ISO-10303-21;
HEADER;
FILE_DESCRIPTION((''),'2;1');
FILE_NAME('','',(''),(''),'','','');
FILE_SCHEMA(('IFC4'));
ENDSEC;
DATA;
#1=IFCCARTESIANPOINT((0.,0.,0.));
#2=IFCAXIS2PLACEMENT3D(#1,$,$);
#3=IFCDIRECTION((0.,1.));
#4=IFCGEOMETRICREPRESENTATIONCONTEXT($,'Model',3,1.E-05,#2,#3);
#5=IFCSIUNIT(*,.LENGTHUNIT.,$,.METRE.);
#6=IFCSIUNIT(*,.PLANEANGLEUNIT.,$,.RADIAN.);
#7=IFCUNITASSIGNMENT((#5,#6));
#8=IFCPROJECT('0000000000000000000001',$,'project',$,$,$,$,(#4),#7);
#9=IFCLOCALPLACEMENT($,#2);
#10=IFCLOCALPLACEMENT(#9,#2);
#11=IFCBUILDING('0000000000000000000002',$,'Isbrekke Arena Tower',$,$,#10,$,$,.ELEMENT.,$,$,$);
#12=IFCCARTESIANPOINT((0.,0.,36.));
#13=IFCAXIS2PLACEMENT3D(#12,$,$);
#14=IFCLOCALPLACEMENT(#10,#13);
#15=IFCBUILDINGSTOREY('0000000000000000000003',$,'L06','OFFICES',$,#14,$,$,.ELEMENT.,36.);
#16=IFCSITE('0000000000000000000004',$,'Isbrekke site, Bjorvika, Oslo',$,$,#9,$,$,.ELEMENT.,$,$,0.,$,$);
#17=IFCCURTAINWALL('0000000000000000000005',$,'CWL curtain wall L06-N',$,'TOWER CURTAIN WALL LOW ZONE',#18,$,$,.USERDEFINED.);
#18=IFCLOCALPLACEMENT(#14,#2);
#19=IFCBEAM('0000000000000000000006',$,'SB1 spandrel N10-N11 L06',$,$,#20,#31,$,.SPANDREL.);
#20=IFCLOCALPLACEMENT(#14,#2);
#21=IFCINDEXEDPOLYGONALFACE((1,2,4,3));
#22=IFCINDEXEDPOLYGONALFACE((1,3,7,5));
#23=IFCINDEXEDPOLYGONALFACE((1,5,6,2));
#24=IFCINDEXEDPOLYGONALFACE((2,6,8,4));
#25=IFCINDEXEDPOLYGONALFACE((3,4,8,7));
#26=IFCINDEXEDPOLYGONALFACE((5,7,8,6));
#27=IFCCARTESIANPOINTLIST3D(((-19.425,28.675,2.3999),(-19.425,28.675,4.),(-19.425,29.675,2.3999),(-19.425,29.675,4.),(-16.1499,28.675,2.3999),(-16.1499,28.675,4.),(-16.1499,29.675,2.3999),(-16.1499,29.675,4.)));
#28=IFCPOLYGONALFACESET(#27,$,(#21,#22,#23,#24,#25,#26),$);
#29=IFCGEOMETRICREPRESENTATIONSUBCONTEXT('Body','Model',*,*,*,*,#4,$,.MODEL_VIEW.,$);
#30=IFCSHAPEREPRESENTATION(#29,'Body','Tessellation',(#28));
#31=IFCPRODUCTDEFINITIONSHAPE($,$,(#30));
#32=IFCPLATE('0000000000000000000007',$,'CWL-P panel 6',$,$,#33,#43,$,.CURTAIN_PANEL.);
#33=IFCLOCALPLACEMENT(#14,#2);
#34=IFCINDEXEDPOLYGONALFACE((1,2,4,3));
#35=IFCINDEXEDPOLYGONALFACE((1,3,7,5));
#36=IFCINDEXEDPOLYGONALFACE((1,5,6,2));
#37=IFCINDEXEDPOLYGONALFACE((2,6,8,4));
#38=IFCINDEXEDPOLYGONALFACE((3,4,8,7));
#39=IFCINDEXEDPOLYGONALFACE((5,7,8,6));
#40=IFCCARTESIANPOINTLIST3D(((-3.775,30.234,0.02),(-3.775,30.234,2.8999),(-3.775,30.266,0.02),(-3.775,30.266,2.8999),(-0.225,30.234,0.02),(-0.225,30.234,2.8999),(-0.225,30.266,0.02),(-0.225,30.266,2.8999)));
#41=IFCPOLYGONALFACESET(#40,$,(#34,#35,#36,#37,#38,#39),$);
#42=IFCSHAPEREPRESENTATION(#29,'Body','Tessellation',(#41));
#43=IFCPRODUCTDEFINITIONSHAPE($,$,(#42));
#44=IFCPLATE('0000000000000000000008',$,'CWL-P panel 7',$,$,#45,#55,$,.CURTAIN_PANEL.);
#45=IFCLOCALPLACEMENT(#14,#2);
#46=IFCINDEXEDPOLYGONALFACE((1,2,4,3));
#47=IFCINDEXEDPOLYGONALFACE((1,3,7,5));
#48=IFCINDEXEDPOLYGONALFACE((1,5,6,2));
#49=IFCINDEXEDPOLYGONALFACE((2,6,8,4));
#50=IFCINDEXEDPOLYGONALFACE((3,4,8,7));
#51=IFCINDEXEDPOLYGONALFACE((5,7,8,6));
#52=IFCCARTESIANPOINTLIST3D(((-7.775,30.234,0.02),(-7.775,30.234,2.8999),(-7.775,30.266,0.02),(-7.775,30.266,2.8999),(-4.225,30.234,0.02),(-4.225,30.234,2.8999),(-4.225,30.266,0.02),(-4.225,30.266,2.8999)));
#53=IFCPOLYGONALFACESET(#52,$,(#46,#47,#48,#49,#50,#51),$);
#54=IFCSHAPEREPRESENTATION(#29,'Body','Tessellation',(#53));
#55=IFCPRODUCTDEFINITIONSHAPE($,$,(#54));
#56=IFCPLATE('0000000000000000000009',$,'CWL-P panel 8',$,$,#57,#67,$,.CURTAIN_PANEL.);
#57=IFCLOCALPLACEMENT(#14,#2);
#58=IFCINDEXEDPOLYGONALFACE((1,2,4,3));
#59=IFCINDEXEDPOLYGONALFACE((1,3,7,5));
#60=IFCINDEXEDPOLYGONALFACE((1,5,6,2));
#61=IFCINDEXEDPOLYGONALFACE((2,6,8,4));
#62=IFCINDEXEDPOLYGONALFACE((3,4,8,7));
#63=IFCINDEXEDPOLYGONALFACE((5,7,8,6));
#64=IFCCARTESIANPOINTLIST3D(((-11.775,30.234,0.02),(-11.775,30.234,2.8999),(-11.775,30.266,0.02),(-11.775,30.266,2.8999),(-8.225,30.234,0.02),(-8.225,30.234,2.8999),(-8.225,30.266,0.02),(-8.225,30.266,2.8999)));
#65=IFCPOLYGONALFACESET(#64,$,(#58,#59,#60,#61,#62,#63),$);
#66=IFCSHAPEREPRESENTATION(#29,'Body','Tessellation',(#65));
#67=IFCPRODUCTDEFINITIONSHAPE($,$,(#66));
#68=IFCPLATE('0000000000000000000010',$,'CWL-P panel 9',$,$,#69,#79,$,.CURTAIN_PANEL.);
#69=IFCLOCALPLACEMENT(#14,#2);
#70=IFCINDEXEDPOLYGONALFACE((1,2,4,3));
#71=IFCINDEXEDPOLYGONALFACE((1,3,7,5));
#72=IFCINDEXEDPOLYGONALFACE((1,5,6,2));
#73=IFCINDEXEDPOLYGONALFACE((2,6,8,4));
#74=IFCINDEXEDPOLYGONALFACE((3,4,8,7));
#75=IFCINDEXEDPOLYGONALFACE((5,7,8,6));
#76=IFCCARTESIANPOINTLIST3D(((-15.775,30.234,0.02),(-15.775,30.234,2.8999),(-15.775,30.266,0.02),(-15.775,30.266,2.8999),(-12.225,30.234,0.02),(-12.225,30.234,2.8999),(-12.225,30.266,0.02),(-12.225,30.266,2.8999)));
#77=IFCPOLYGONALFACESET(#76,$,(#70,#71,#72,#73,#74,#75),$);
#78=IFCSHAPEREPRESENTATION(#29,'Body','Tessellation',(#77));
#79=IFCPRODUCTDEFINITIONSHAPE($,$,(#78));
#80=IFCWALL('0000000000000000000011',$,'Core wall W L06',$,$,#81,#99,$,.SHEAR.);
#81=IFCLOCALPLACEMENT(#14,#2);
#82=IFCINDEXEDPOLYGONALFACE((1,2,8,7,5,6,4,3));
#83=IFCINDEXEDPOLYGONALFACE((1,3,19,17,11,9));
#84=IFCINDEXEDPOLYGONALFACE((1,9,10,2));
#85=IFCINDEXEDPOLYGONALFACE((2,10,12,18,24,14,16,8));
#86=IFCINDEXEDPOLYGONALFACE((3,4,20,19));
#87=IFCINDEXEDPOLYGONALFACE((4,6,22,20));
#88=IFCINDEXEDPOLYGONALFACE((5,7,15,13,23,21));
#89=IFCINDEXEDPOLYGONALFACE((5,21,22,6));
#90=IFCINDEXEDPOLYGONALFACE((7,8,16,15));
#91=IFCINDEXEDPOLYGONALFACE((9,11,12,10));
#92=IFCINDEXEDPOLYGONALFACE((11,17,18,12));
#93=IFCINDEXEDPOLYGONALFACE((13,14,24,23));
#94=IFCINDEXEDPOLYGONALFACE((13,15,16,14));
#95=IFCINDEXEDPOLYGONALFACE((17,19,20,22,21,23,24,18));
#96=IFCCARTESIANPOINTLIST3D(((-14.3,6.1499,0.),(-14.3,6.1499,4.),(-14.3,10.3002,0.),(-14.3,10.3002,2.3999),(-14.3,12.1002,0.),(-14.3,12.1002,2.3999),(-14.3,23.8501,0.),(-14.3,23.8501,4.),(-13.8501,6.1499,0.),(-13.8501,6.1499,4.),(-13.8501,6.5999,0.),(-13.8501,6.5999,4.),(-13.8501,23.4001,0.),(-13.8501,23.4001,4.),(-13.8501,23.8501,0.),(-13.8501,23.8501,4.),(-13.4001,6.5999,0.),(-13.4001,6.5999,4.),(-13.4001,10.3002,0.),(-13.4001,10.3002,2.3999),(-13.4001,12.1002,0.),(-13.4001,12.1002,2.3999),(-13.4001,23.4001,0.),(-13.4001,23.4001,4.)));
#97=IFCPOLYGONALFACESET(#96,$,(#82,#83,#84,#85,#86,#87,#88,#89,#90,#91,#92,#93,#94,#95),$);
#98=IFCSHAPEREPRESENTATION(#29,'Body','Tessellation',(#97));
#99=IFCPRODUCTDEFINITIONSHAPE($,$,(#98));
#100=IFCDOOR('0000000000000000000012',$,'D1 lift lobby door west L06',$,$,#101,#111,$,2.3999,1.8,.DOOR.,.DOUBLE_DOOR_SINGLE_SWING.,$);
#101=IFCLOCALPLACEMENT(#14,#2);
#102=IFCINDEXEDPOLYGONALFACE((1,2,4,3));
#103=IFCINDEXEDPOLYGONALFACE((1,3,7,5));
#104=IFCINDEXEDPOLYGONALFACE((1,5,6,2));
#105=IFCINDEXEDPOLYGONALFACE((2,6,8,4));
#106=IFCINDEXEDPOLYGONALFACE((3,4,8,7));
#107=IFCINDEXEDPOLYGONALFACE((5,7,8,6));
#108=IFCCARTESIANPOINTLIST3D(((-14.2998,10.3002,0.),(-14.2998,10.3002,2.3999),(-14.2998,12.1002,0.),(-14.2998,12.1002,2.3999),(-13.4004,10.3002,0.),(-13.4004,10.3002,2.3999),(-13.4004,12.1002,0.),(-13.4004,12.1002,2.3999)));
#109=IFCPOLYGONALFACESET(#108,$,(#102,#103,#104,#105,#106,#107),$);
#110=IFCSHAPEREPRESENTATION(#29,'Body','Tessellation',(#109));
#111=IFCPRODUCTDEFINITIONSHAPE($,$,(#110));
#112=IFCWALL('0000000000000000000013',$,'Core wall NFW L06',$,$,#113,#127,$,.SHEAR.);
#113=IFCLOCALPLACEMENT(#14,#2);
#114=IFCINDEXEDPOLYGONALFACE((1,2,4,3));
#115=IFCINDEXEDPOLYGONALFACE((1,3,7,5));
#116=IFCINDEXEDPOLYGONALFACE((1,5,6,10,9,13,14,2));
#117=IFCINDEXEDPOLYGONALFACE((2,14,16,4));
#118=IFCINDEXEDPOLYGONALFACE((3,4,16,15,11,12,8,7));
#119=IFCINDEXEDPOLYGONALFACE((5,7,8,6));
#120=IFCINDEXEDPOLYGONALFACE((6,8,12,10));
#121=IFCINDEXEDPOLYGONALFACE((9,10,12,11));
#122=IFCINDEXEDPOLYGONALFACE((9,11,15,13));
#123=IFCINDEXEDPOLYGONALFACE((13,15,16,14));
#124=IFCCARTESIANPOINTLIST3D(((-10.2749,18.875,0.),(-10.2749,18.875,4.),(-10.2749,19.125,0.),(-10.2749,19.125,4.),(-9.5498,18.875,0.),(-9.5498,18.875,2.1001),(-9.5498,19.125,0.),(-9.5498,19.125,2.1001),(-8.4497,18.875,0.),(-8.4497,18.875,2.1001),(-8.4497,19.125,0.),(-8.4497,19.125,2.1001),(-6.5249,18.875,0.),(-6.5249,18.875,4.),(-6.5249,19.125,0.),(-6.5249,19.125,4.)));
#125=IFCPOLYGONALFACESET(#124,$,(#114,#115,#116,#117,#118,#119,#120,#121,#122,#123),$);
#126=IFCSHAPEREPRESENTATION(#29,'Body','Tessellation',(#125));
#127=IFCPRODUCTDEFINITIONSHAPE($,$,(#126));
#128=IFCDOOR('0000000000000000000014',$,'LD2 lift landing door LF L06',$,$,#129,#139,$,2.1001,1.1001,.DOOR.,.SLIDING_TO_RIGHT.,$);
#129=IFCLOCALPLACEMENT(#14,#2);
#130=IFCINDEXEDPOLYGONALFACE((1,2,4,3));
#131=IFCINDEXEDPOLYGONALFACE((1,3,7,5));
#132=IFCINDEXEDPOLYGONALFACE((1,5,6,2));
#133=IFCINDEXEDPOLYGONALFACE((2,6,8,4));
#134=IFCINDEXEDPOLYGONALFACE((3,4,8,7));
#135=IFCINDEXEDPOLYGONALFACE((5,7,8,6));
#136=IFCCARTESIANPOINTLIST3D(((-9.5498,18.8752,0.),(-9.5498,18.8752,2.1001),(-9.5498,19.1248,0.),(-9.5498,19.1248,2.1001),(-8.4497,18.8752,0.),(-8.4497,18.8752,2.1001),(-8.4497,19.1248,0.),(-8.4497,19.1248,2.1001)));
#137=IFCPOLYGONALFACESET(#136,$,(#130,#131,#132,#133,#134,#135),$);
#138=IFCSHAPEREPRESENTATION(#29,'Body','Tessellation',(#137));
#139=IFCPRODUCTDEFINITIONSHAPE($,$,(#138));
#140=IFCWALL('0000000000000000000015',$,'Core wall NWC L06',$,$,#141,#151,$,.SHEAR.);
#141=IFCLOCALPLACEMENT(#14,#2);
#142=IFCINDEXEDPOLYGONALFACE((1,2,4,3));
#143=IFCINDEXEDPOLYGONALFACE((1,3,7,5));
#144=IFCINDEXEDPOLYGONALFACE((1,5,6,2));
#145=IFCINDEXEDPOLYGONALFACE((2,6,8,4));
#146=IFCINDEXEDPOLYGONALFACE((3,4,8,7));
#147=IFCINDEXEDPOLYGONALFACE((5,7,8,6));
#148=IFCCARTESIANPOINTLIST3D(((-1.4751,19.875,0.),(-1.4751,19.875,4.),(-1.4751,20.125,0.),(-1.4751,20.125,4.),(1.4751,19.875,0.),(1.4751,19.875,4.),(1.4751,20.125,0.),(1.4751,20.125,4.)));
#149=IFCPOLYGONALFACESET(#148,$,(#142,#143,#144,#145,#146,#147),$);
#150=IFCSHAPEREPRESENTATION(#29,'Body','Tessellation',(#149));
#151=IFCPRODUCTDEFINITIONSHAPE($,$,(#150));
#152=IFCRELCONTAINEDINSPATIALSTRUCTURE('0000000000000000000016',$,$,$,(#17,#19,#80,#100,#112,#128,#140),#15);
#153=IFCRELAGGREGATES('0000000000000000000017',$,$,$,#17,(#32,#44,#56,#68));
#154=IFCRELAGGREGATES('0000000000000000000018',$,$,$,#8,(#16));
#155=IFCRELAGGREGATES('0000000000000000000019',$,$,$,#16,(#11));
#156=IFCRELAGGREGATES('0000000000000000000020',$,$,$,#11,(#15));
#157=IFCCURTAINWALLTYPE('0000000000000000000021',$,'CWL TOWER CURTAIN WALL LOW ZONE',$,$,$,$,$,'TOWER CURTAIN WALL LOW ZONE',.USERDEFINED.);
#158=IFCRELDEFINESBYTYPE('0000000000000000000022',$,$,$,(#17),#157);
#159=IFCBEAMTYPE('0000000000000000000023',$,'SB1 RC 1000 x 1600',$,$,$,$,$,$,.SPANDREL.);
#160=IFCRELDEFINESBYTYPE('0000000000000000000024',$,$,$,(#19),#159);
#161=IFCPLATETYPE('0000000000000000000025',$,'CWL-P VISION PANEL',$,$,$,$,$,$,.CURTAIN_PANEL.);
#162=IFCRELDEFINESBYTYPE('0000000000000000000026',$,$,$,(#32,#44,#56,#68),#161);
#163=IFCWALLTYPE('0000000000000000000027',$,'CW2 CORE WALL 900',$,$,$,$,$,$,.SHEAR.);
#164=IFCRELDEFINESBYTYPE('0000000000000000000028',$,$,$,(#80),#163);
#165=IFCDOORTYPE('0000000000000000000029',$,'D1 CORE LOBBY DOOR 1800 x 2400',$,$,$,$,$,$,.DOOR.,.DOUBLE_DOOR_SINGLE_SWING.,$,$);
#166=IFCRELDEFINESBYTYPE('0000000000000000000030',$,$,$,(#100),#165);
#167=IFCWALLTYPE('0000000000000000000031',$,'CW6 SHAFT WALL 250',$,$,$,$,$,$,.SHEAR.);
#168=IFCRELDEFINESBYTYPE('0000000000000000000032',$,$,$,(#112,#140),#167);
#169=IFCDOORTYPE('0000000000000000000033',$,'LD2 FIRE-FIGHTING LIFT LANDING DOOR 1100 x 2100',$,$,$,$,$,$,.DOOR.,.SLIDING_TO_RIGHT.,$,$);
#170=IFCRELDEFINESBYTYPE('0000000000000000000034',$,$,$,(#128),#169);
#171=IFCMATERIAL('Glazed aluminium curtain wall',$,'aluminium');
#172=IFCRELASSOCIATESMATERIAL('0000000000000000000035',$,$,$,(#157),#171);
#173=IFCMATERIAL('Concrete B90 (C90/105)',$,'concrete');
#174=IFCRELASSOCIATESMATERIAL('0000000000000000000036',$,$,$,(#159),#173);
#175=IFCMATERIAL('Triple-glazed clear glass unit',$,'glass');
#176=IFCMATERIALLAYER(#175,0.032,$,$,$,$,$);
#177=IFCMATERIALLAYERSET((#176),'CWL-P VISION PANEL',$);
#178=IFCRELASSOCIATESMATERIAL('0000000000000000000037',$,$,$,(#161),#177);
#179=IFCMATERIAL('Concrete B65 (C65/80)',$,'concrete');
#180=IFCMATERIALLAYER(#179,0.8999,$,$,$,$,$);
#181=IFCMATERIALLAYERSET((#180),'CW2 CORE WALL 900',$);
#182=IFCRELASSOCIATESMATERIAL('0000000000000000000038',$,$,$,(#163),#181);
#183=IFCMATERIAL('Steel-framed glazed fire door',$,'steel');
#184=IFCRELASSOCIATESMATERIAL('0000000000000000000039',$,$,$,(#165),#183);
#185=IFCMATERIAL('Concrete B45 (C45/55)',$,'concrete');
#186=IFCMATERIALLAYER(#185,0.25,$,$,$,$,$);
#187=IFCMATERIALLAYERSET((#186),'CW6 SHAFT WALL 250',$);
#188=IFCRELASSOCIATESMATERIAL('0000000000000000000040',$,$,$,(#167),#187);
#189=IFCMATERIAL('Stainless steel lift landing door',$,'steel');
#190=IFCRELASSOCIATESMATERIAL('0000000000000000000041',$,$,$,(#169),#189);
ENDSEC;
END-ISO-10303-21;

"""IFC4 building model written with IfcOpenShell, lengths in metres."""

from ifc_helpers import new_model, si_unit, direction, frame, frame_2d, origin, origin_2d, place, context, subcontext, project, spatial, polyline, rectangle, outline, extrude, material, layer, layer_set, material_profile, profile_set, type_object, element, fill, aggregate, save


model = new_model("IFC4")

# Units and contexts
model_context = context("Model", 3, precision=1e-05, world=origin(), true_north=direction((0.0, 1.0)))
body_context = subcontext(model_context, "Body", "Model", "MODEL_VIEW")
ifc_project = project(units=[si_unit("LENGTHUNIT", "METRE"), si_unit("PLANEANGLEUNIT", "RADIAN")], contexts=[model_context])

# Site, building, storey
site_placement = place(None, origin())
site = spatial("IfcSite", under=ifc_project, at=site_placement, Name="Isbrekke site, Bjorvika, Oslo", CompositionType="ELEMENT", RefElevation=0.0)
building_placement = place(site_placement, origin())
building = spatial("IfcBuilding", under=site, at=building_placement, Name="Isbrekke Arena Tower", CompositionType="ELEMENT")
storey_placement = place(building_placement, frame((0.0, 0.0, 36.0)))
storey = spatial("IfcBuildingStorey", under=building, at=storey_placement, Name="L06", Description="OFFICES", CompositionType="ELEMENT", Elevation=36.0)

# Curtain wall
ifc_material_1 = material(Name="Glazed aluminium curtain wall", Category="aluminium")
curtain_wall_type = type_object("IfcCurtainWallType", Name="CWL TOWER CURTAIN WALL LOW ZONE", ElementType="TOWER CURTAIN WALL LOW ZONE", PredefinedType="USERDEFINED", material=ifc_material_1)
curtain_wall_placement = place(storey_placement, origin())
curtain_wall = element("IfcCurtainWall", 1, at=curtain_wall_placement, inside=storey, type_object=curtain_wall_type, Name="CWL curtain wall L06-N", ObjectType="TOWER CURTAIN WALL LOW ZONE", PredefinedType="USERDEFINED")

# Beam
ifc_material_2 = material(Name="Concrete B90 (C90/105)", Category="concrete")
ifc_material_profile_1 = material_profile(ifc_material_2, rectangle(XDim=1.0, YDim=1.6001, at=origin_2d()), Name="RC 1000x1600")
ifc_profile_set_1 = profile_set([ifc_material_profile_1], Name="Concrete B90 (C90/105)")
beam_type_1 = type_object("IfcBeamType", Name="SB1 RC 1000 x 1600", PredefinedType="SPANDREL", material=ifc_profile_set_1)
beam_1_placement = place(storey_placement, frame((-16.1499, 29.175, 3.2), z_axis=(-1.0, 0.0, 0.0), x_axis=(0.0, -1.0, 0.0)))
element("IfcBeam", 2, at=beam_1_placement, inside=storey, type_object=beam_type_1, Name="SB1 spandrel N10-N11 L06", PredefinedType="SPANDREL", context=body_context, shape_type="SweptSolid", body=[
    extrude(rectangle(XDim=1.0, YDim=1.6001, at=origin_2d()), origin(), (0.0, 0.0, 1.0), 3.2751),
])

# Plates
ifc_material_3 = material(Name="Triple-glazed clear glass unit", Category="glass")
ifc_layer_1 = layer(ifc_material_3, 0.032)
ifc_layer_set_1 = layer_set([ifc_layer_1], Name="CWL-P VISION PANEL")
plate_type = type_object("IfcPlateType", Name="CWL-P VISION PANEL", PredefinedType="CURTAIN_PANEL", material=ifc_layer_set_1)
plate_1_placement = place(storey_placement, frame((-2.0, 30.25, 0.02), z_axis=(0.0, 0.0, 1.0), x_axis=(-1.0, 0.0, 0.0)))
plate_1 = element("IfcPlate", 3, at=plate_1_placement, type_object=plate_type, Name="CWL-P panel 6", PredefinedType="CURTAIN_PANEL", context=body_context, shape_type="SweptSolid", body=[
    extrude(rectangle(XDim=3.55, YDim=0.032, at=origin_2d()), origin(), (0.0, 0.0, 1.0), 2.8799),
])
plate_2_placement = place(storey_placement, frame((-6.0, 30.25, 0.02), z_axis=(0.0, 0.0, 1.0), x_axis=(-1.0, 0.0, 0.0)))
plate_2 = element("IfcPlate", 4, at=plate_2_placement, type_object=plate_type, Name="CWL-P panel 7", PredefinedType="CURTAIN_PANEL", context=body_context, shape_type="SweptSolid", body=[
    extrude(rectangle(XDim=3.55, YDim=0.032, at=origin_2d()), origin(), (0.0, 0.0, 1.0), 2.8799),
])
plate_3_placement = place(storey_placement, frame((-10.0, 30.25, 0.02), z_axis=(0.0, 0.0, 1.0), x_axis=(-1.0, 0.0, 0.0)))
plate_3 = element("IfcPlate", 5, at=plate_3_placement, type_object=plate_type, Name="CWL-P panel 8", PredefinedType="CURTAIN_PANEL", context=body_context, shape_type="SweptSolid", body=[
    extrude(rectangle(XDim=3.55, YDim=0.032, at=origin_2d()), origin(), (0.0, 0.0, 1.0), 2.8799),
])
plate_4_placement = place(storey_placement, frame((-14.0, 30.25, 0.02), z_axis=(0.0, 0.0, 1.0), x_axis=(-1.0, 0.0, 0.0)))
plate_4 = element("IfcPlate", 6, at=plate_4_placement, type_object=plate_type, Name="CWL-P panel 9", PredefinedType="CURTAIN_PANEL", context=body_context, shape_type="SweptSolid", body=[
    extrude(rectangle(XDim=3.55, YDim=0.032, at=origin_2d()), origin(), (0.0, 0.0, 1.0), 2.8799),
])
aggregate(curtain_wall, [plate_1, plate_2, plate_3, plate_4])

# Walls, openings, doors
ifc_material_4 = material(Name="Concrete B65 (C65/80)", Category="concrete")
ifc_layer_2 = layer(ifc_material_4, 0.8999)
ifc_layer_set_2 = layer_set([ifc_layer_2], Name="CW2 CORE WALL 900")
wall_type_1 = type_object("IfcWallType", Name="CW2 CORE WALL 900", PredefinedType="SHEAR", material=ifc_layer_set_2)
wall_1_placement = place(storey_placement, frame((-13.8501, 23.8501, 0.0), z_axis=(0.0, 0.0, 1.0), x_axis=(0.0, -1.0, 0.0)))
wall_1 = element("IfcWall", 7, at=wall_1_placement, inside=storey, type_object=wall_type_1, Name="Core wall W L06", PredefinedType="SHEAR", context=body_context, shape_type="SweptSolid", body=[
    extrude(outline(polyline([(0.0, -0.45), (17.7002, -0.45), (17.7002, 0.0), (17.2502, 0.0), (17.2502, 0.45), (0.45, 0.45), (0.45, 0.0), (0.0, 0.0), (0.0, -0.45)])), origin(), (0.0, 0.0, 1.0), 4.0),
])
opening_1_placement = place(wall_1_placement, frame((11.75, 0.0, 0.0)))
opening_1 = element("IfcOpeningElement", 8, at=opening_1_placement, cuts=wall_1, PredefinedType="OPENING", context=body_context, shape_type="SweptSolid", body=[
    extrude(rectangle(XDim=1.8, YDim=2.3999, at=frame_2d((0.8999, 1.2))), frame((0.0, 0.4648, 0.0), z_axis=(0.0, -1.0, 0.0), x_axis=(1.0, 0.0, 0.0)), (0.0, 0.0, 1.0), 0.9297),
])
ifc_material_5 = material(Name="Steel-framed glazed fire door", Category="steel")
door_type_1 = type_object("IfcDoorType", Name="D1 CORE LOBBY DOOR 1800 x 2400", OperationType="DOUBLE_DOOR_SINGLE_SWING", PredefinedType="DOOR", material=ifc_material_5)
door_1_placement = place(opening_1_placement, origin())
door_1 = element("IfcDoor", 9, at=door_1_placement, inside=storey, type_object=door_type_1, Name="D1 lift lobby door west L06", OperationType="DOUBLE_DOOR_SINGLE_SWING", OverallHeight=2.3999, OverallWidth=1.8, PredefinedType="DOOR", context=body_context, shape_type="SweptSolid", body=[
    extrude(rectangle(XDim=1.8, YDim=2.3999, at=frame_2d((0.8999, 1.2))), frame((0.0, 0.4497, 0.0), z_axis=(0.0, -1.0, 0.0), x_axis=(1.0, 0.0, 0.0)), (0.0, 0.0, 1.0), 0.8994),
])
fill(opening_1, door_1)
ifc_material_6 = material(Name="Concrete B45 (C45/55)", Category="concrete")
ifc_layer_3 = layer(ifc_material_6, 0.25)
ifc_layer_set_3 = layer_set([ifc_layer_3], Name="CW6 SHAFT WALL 250")
wall_type_2 = type_object("IfcWallType", Name="CW6 SHAFT WALL 250", PredefinedType="SHEAR", material=ifc_layer_set_3)
wall_2_placement = place(storey_placement, frame((-10.2749, 19.0, 0.0), z_axis=(0.0, 0.0, 1.0), x_axis=(1.0, 0.0, 0.0)))
wall_2 = element("IfcWall", 10, at=wall_2_placement, inside=storey, type_object=wall_type_2, Name="Core wall NFW L06", PredefinedType="SHEAR", context=body_context, shape_type="SweptSolid", body=[
    extrude(rectangle(XDim=3.75, YDim=0.25, at=frame_2d((1.875, 0.0))), origin(), (0.0, 0.0, 1.0), 4.0),
])
opening_2_placement = place(wall_2_placement, frame((0.7251, 0.0, 0.0)))
opening_2 = element("IfcOpeningElement", 11, at=opening_2_placement, cuts=wall_2, PredefinedType="OPENING", context=body_context, shape_type="SweptSolid", body=[
    extrude(rectangle(XDim=1.1001, YDim=2.1001, at=frame_2d((0.55, 1.05))), frame((0.0, 0.1399, 0.0), z_axis=(0.0, -1.0, 0.0), x_axis=(1.0, 0.0, 0.0)), (0.0, 0.0, 1.0), 0.2798),
])
ifc_material_7 = material(Name="Stainless steel lift landing door", Category="steel")
door_type_2 = type_object("IfcDoorType", Name="LD2 FIRE-FIGHTING LIFT LANDING DOOR 1100 x 2100", OperationType="SLIDING_TO_RIGHT", PredefinedType="DOOR", material=ifc_material_7)
door_2_placement = place(opening_2_placement, origin())
door_2 = element("IfcDoor", 12, at=door_2_placement, inside=storey, type_object=door_type_2, Name="LD2 lift landing door LF L06", OperationType="SLIDING_TO_RIGHT", OverallHeight=2.1001, OverallWidth=1.1001, PredefinedType="DOOR", context=body_context, shape_type="SweptSolid", body=[
    extrude(rectangle(XDim=1.1001, YDim=2.1001, at=frame_2d((0.55, 1.05))), frame((0.0, 0.1248, 0.0), z_axis=(0.0, -1.0, 0.0), x_axis=(1.0, 0.0, 0.0)), (0.0, 0.0, 1.0), 0.2495),
])
fill(opening_2, door_2)

# Wall
wall_3_placement = place(storey_placement, frame((-1.4751, 20.0, 0.0), z_axis=(0.0, 0.0, 1.0), x_axis=(1.0, 0.0, 0.0)))
element("IfcWall", 13, at=wall_3_placement, inside=storey, type_object=wall_type_2, Name="Core wall NWC L06", PredefinedType="SHEAR", context=body_context, shape_type="SweptSolid", body=[
    extrude(rectangle(XDim=2.9502, YDim=0.25, at=frame_2d((1.4751, 0.0))), origin(), (0.0, 0.0, 1.0), 4.0),
])

save(model, "model.ifc")
